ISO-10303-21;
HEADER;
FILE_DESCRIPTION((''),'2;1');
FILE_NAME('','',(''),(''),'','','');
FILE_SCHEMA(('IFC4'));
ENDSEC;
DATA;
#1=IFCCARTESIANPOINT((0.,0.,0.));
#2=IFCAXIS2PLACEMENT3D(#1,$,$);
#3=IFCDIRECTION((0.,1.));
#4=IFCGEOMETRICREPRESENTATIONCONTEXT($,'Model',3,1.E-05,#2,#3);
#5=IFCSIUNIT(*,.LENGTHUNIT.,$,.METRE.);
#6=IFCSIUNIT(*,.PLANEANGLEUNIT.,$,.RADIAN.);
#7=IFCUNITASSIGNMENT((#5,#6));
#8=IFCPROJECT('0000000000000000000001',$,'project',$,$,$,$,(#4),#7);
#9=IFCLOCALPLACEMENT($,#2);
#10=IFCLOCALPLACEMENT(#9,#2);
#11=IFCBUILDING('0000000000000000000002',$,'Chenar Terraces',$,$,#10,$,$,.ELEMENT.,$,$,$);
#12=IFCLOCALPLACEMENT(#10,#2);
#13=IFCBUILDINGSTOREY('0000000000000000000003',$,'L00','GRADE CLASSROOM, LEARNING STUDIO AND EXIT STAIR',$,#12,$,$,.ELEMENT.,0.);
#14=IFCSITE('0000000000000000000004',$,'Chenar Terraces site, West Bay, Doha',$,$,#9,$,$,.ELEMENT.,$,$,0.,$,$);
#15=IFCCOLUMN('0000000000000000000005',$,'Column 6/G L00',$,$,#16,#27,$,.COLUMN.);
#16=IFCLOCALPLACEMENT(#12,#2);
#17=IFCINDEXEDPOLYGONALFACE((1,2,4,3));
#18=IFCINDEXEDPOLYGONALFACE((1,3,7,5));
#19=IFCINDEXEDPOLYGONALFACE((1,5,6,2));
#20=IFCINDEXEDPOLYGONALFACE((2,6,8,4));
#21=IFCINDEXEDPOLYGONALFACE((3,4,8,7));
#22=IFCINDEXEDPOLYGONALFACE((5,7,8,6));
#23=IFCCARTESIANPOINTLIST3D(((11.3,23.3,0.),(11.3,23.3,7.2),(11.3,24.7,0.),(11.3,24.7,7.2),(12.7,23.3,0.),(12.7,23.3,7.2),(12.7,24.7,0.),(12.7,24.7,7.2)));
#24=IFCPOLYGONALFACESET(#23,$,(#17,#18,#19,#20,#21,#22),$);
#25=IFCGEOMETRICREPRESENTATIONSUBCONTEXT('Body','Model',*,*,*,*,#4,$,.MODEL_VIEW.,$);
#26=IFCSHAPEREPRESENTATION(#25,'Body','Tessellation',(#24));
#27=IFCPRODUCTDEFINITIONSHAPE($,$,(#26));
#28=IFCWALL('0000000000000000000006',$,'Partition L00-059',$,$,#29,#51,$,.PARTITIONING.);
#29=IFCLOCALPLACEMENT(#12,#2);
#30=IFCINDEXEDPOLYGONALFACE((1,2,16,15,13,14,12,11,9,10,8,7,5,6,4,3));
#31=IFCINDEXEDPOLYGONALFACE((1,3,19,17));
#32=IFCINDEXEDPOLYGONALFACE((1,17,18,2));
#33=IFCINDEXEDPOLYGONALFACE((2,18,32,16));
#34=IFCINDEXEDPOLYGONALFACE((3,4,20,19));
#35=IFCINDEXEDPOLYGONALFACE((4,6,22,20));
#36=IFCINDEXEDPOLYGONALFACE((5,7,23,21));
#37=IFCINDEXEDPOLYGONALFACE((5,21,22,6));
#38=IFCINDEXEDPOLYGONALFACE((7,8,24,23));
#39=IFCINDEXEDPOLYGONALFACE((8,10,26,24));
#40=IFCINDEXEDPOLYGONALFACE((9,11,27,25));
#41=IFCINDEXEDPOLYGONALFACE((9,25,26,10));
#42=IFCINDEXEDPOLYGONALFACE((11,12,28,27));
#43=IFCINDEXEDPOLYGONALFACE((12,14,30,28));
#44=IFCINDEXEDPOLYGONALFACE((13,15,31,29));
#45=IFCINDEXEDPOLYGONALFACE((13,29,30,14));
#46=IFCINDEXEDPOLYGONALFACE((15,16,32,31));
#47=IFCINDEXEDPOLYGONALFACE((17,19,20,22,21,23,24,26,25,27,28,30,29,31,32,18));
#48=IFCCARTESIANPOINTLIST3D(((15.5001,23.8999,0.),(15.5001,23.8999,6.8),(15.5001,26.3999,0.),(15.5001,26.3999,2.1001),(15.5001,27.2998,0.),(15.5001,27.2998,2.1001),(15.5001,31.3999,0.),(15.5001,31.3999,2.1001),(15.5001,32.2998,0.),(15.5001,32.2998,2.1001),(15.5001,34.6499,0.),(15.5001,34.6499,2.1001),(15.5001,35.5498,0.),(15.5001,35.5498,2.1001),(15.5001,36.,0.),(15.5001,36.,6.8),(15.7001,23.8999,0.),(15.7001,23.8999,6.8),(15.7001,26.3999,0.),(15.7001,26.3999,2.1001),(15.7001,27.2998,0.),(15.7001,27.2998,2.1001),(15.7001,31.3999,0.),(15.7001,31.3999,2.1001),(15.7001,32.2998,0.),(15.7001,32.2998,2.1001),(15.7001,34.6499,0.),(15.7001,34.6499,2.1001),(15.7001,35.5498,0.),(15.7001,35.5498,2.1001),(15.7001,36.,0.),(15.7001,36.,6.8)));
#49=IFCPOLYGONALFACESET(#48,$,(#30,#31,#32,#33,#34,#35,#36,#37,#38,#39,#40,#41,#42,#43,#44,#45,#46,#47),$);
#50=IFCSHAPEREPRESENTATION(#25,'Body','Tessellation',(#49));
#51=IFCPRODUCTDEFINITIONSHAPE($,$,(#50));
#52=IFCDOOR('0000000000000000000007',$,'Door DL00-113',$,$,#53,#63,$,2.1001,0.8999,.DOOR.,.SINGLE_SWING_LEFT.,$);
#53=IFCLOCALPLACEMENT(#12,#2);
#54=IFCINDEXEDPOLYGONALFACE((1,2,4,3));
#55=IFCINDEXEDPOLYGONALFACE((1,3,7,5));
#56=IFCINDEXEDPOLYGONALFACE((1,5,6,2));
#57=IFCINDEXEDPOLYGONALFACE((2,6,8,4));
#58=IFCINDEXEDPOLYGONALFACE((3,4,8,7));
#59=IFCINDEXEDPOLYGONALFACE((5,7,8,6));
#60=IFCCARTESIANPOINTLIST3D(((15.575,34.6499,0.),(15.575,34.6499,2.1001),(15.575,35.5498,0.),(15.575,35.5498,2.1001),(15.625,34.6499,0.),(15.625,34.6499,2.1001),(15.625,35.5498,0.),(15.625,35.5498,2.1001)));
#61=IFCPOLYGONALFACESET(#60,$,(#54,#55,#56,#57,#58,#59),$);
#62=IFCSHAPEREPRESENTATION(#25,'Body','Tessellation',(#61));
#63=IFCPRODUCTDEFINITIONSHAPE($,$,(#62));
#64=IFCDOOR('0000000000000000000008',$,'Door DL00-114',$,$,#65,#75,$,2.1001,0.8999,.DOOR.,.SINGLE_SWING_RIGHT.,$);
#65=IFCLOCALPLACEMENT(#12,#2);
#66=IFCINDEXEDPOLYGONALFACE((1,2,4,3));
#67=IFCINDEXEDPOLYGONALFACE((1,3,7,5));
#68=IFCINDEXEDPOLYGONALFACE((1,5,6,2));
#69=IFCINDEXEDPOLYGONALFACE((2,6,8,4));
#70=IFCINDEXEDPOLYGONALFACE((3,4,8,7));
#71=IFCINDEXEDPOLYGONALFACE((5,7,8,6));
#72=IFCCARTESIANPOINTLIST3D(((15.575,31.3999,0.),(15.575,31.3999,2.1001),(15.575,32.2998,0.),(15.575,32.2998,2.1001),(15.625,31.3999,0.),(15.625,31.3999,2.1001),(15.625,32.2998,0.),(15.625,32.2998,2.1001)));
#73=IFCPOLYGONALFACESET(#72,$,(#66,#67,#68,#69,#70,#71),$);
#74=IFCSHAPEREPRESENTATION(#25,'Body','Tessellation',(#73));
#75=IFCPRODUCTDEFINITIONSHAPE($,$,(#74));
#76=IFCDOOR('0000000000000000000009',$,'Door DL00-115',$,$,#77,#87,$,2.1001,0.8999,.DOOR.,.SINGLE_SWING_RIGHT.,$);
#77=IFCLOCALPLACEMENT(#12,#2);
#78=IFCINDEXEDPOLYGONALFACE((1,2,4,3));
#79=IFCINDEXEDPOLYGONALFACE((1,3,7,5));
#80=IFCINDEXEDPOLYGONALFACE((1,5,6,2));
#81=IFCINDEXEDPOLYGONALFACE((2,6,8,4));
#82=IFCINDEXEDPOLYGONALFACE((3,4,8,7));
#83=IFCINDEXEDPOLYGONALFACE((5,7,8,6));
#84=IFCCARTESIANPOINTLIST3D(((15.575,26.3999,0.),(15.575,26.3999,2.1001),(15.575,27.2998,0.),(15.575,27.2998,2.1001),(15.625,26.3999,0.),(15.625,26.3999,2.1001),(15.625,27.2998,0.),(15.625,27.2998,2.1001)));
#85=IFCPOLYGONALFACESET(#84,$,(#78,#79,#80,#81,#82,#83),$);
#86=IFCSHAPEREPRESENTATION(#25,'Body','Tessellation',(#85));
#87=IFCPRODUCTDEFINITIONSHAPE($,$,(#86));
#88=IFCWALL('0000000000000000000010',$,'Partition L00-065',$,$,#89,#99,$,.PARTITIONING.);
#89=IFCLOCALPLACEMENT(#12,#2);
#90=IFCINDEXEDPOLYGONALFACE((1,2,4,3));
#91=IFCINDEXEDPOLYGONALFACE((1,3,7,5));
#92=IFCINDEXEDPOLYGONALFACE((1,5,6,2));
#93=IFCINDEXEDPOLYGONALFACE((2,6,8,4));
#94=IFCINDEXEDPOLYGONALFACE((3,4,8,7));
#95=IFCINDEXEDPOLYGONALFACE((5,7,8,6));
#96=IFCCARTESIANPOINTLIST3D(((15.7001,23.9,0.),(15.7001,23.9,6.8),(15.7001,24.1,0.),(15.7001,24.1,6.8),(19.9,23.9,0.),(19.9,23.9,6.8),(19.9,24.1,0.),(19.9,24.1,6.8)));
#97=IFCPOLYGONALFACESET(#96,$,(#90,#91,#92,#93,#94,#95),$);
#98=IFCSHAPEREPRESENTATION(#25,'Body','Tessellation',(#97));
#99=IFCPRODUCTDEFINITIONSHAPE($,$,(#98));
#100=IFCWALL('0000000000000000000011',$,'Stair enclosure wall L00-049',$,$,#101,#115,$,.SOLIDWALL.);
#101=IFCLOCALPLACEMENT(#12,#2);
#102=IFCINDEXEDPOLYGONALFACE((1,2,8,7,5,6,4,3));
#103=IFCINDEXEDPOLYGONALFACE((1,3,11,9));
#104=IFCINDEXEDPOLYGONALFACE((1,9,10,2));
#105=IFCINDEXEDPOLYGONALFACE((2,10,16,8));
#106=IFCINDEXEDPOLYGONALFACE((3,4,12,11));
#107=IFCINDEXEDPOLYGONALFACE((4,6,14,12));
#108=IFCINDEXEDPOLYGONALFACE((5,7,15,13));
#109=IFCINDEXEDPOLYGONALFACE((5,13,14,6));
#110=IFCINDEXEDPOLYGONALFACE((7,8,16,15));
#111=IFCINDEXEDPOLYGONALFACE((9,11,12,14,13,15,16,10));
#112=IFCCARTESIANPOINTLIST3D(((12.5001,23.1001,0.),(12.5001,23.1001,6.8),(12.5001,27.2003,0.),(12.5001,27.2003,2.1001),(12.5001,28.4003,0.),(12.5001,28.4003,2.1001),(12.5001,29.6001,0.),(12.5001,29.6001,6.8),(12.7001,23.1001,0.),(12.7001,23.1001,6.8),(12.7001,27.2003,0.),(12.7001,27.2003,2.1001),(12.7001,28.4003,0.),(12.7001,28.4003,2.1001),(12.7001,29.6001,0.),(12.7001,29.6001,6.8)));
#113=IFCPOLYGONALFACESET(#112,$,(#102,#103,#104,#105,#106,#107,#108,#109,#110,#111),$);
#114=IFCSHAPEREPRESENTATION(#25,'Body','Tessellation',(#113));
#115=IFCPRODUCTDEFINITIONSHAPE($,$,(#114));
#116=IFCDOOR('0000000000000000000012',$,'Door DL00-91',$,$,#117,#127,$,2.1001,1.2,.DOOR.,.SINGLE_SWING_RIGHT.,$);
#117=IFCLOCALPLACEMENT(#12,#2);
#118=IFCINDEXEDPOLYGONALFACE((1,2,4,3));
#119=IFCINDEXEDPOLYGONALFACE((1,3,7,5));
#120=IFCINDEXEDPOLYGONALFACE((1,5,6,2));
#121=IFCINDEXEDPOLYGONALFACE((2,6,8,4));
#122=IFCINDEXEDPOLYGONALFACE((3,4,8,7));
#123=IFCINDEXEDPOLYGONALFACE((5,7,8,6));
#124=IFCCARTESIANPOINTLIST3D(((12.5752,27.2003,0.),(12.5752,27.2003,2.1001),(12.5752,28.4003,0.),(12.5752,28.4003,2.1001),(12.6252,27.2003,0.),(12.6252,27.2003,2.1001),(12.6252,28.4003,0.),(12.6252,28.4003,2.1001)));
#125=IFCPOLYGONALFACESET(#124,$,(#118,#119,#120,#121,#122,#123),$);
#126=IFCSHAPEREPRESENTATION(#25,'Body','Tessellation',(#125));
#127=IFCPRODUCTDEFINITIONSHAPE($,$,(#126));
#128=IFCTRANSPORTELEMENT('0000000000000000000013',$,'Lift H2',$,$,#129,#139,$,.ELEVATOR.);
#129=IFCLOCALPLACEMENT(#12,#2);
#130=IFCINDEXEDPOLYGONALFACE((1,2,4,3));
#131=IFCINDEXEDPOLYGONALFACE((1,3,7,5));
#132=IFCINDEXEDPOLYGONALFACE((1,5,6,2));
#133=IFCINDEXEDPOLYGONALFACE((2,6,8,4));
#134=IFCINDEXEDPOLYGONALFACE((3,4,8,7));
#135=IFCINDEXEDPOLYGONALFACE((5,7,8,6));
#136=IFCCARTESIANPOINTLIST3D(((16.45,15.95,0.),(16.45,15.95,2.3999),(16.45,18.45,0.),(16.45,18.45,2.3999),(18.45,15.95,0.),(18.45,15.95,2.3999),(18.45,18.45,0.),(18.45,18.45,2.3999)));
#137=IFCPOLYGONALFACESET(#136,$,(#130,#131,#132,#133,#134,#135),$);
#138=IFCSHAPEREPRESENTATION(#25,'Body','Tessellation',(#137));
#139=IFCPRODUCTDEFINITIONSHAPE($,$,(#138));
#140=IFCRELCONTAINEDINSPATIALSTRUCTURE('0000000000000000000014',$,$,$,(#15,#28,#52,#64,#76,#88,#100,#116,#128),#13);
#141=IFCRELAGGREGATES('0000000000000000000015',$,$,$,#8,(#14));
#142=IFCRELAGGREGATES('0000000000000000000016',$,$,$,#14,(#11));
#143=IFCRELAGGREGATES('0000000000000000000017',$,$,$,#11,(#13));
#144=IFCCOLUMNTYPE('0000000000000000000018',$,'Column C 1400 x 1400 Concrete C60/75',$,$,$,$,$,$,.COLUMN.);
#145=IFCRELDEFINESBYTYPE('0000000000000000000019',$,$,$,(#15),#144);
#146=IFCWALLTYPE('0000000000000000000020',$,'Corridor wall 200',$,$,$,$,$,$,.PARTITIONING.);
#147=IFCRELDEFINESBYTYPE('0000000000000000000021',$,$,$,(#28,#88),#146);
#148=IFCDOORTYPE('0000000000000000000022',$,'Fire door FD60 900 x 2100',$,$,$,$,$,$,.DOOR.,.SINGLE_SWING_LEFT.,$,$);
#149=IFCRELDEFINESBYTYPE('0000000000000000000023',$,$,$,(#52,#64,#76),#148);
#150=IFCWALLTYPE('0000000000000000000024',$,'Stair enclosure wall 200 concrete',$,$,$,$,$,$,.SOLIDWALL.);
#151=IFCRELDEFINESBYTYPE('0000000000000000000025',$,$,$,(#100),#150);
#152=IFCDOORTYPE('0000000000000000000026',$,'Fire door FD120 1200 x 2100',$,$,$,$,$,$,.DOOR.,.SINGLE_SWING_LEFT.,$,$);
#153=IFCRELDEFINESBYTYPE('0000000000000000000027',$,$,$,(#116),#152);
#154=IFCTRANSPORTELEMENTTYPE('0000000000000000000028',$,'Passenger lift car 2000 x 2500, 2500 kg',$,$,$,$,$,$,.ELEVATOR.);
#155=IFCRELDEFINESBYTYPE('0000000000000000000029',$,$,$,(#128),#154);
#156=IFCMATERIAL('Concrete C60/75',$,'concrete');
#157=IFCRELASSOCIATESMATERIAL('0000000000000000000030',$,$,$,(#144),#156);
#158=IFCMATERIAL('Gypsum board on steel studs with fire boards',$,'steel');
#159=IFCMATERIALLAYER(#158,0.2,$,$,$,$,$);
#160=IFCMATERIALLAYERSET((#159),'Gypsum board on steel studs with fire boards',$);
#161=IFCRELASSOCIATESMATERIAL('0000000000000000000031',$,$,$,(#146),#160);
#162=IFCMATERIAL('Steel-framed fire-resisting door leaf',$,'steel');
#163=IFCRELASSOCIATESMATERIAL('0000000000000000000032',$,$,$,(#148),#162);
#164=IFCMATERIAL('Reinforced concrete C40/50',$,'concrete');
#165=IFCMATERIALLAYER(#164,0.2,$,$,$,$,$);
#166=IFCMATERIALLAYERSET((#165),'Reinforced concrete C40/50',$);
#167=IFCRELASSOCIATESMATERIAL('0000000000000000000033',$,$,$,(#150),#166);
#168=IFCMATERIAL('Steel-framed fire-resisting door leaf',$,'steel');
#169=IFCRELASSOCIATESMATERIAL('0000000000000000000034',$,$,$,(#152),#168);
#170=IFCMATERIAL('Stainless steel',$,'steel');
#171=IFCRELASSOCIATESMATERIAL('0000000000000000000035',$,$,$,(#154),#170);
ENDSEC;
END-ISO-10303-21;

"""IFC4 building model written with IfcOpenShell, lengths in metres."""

from ifc_helpers import new_model, si_unit, direction, frame, frame_2d, origin, origin_2d, place, context, subcontext, project, spatial, rectangle, extrude, material, layer, layer_set, material_profile, profile_set, type_object, element, fill, save


model = new_model("IFC4")

# Units and contexts
model_context = context("Model", 3, precision=1e-05, world=origin(), true_north=direction((0.0, 1.0)))
body_context = subcontext(model_context, "Body", "Model", "MODEL_VIEW")
ifc_project = project(units=[si_unit("LENGTHUNIT", "METRE"), si_unit("PLANEANGLEUNIT", "RADIAN")], contexts=[model_context])

# Site, building, storey
site_placement = place(None, origin())
site = spatial("IfcSite", under=ifc_project, at=site_placement, Name="Chenar Terraces site, West Bay, Doha", CompositionType="ELEMENT", RefElevation=0.0)
building_placement = place(site_placement, origin())
building = spatial("IfcBuilding", under=site, at=building_placement, Name="Chenar Terraces", CompositionType="ELEMENT")
storey_placement = place(building_placement, origin())
storey = spatial("IfcBuildingStorey", under=building, at=storey_placement, Name="L00", Description="GRADE CLASSROOM, LEARNING STUDIO AND EXIT STAIR", CompositionType="ELEMENT", Elevation=0.0)

# Column
ifc_material_1 = material(Name="Concrete C60/75", Category="concrete")
ifc_material_profile = material_profile(ifc_material_1, rectangle(XDim=1.3999, YDim=1.3999, at=origin_2d()), Name="C 1400 x 1400")
ifc_profile_set = profile_set([ifc_material_profile], Name="Concrete C60/75")
column_type = type_object("IfcColumnType", Name="Column C 1400 x 1400 Concrete C60/75", PredefinedType="COLUMN", material=ifc_profile_set)
column_placement = place(storey_placement, frame((12.0, 24.0, 0.0), z_axis=(0.0, 0.0, 1.0), x_axis=(1.0, 0.0, 0.0)))
element("IfcColumn", 1, at=column_placement, inside=storey, type_object=column_type, Name="Column 6/G L00", PredefinedType="COLUMN", context=body_context, shape_type="SweptSolid", body=[
    extrude(rectangle(XDim=1.3999, YDim=1.3999, at=origin_2d()), origin(), (0.0, 0.0, 1.0), 7.2),
])

# Wall, openings, doors
ifc_material_2 = material(Name="Gypsum board on steel studs with fire boards", Category="steel")
ifc_layer_1 = layer(ifc_material_2, 0.2)
ifc_layer_set_1 = layer_set([ifc_layer_1], Name="Gypsum board on steel studs with fire boards")
wall_type_1 = type_object("IfcWallType", Name="Corridor wall 200", PredefinedType="PARTITIONING", material=ifc_layer_set_1)
wall_1_placement = place(storey_placement, frame((15.6001, 23.8999, 0.0), z_axis=(0.0, 0.0, 1.0), x_axis=(0.0, 1.0, 0.0)))
wall_1 = element("IfcWall", 2, at=wall_1_placement, inside=storey, type_object=wall_type_1, Name="Partition L00-059", PredefinedType="PARTITIONING", context=body_context, shape_type="SweptSolid", body=[
    extrude(rectangle(XDim=12.1001, YDim=0.2, at=frame_2d((6.05, 0.0))), origin(), (0.0, 0.0, 1.0), 6.8),
])
opening_1_placement = place(wall_1_placement, frame((10.75, 0.0, 0.0)))
opening_1 = element("IfcOpeningElement", 3, at=opening_1_placement, cuts=wall_1, PredefinedType="OPENING", context=body_context, shape_type="SweptSolid", body=[
    extrude(rectangle(XDim=0.8999, YDim=2.1001, at=frame_2d((0.45, 1.05))), frame((0.0, 0.1099, 0.0), z_axis=(0.0, -1.0, 0.0), x_axis=(1.0, 0.0, 0.0)), (0.0, 0.0, 1.0), 0.22),
])
opening_2_placement = place(wall_1_placement, frame((7.5, 0.0, 0.0)))
opening_2 = element("IfcOpeningElement", 4, at=opening_2_placement, cuts=wall_1, PredefinedType="OPENING", context=body_context, shape_type="SweptSolid", body=[
    extrude(rectangle(XDim=0.8999, YDim=2.1001, at=frame_2d((0.45, 1.05))), frame((0.0, 0.1099, 0.0), z_axis=(0.0, -1.0, 0.0), x_axis=(1.0, 0.0, 0.0)), (0.0, 0.0, 1.0), 0.22),
])
opening_3_placement = place(wall_1_placement, frame((2.5, 0.0, 0.0)))
opening_3 = element("IfcOpeningElement", 5, at=opening_3_placement, cuts=wall_1, PredefinedType="OPENING", context=body_context, shape_type="SweptSolid", body=[
    extrude(rectangle(XDim=0.8999, YDim=2.1001, at=frame_2d((0.45, 1.05))), frame((0.0, 0.1099, 0.0), z_axis=(0.0, -1.0, 0.0), x_axis=(1.0, 0.0, 0.0)), (0.0, 0.0, 1.0), 0.22),
])
ifc_material_3 = material(Name="Steel-framed fire-resisting door leaf", Category="steel")
door_type_1 = type_object("IfcDoorType", Name="Fire door FD60 900 x 2100", OperationType="SINGLE_SWING_LEFT", PredefinedType="DOOR", material=ifc_material_3)
door_1_placement = place(opening_1_placement, frame((0.8999, 0.0, 0.0), z_axis=(0.0, 0.0, 1.0), x_axis=(-1.0, 0.0, 0.0)))
door_1 = element("IfcDoor", 6, at=door_1_placement, inside=storey, type_object=door_type_1, Name="Door DL00-113", OperationType="SINGLE_SWING_LEFT", OverallHeight=2.1001, OverallWidth=0.8999, PredefinedType="DOOR", context=body_context, shape_type="SweptSolid", body=[
    extrude(rectangle(XDim=0.8999, YDim=2.1001, at=frame_2d((0.45, 1.05))), frame((0.0, 0.0249, 0.0), z_axis=(0.0, -1.0, 0.0), x_axis=(1.0, 0.0, 0.0)), (0.0, 0.0, 1.0), 0.05),
])
fill(opening_1, door_1)
door_2_placement = place(opening_2_placement, frame((0.8999, 0.0, 0.0), z_axis=(0.0, 0.0, 1.0), x_axis=(-1.0, 0.0, 0.0)))
door_2 = element("IfcDoor", 7, at=door_2_placement, inside=storey, type_object=door_type_1, Name="Door DL00-114", OperationType="SINGLE_SWING_RIGHT", OverallHeight=2.1001, OverallWidth=0.8999, PredefinedType="DOOR", context=body_context, shape_type="SweptSolid", body=[
    extrude(rectangle(XDim=0.8999, YDim=2.1001, at=frame_2d((0.45, 1.05))), frame((0.0, 0.0249, 0.0), z_axis=(0.0, -1.0, 0.0), x_axis=(1.0, 0.0, 0.0)), (0.0, 0.0, 1.0), 0.05),
])
fill(opening_2, door_2)
door_3_placement = place(opening_3_placement, frame((0.8999, 0.0, 0.0), z_axis=(0.0, 0.0, 1.0), x_axis=(-1.0, 0.0, 0.0)))
door_3 = element("IfcDoor", 8, at=door_3_placement, inside=storey, type_object=door_type_1, Name="Door DL00-115", OperationType="SINGLE_SWING_RIGHT", OverallHeight=2.1001, OverallWidth=0.8999, PredefinedType="DOOR", context=body_context, shape_type="SweptSolid", body=[
    extrude(rectangle(XDim=0.8999, YDim=2.1001, at=frame_2d((0.45, 1.05))), frame((0.0, 0.0249, 0.0), z_axis=(0.0, -1.0, 0.0), x_axis=(1.0, 0.0, 0.0)), (0.0, 0.0, 1.0), 0.05),
])
fill(opening_3, door_3)

# Wall
wall_2_placement = place(storey_placement, frame((15.7, 24.0, 0.0), z_axis=(0.0, 0.0, 1.0), x_axis=(1.0, 0.0, 0.0)))
element("IfcWall", 9, at=wall_2_placement, inside=storey, type_object=wall_type_1, Name="Partition L00-065", PredefinedType="PARTITIONING", context=body_context, shape_type="SweptSolid", body=[
    extrude(rectangle(XDim=4.2, YDim=0.2, at=frame_2d((2.1001, 0.0))), origin(), (0.0, 0.0, 1.0), 6.8),
])

# Wall, opening, door
ifc_material_4 = material(Name="Reinforced concrete C40/50", Category="concrete")
ifc_layer_2 = layer(ifc_material_4, 0.2)
ifc_layer_set_2 = layer_set([ifc_layer_2], Name="Reinforced concrete C40/50")
wall_type_2 = type_object("IfcWallType", Name="Stair enclosure wall 200 concrete", PredefinedType="SOLIDWALL", material=ifc_layer_set_2)
wall_3_placement = place(storey_placement, frame((12.6001, 23.1001, 0.0), z_axis=(0.0, 0.0, 1.0), x_axis=(0.0, 1.0, 0.0)))
wall_3 = element("IfcWall", 10, at=wall_3_placement, inside=storey, type_object=wall_type_2, Name="Stair enclosure wall L00-049", PredefinedType="SOLIDWALL", context=body_context, shape_type="SweptSolid", body=[
    extrude(rectangle(XDim=6.5, YDim=0.2, at=frame_2d((3.25, 0.0))), origin(), (0.0, 0.0, 1.0), 6.8),
])
opening_4_placement = place(wall_3_placement, frame((4.1001, 0.0, 0.0)))
opening_4 = element("IfcOpeningElement", 11, at=opening_4_placement, cuts=wall_3, PredefinedType="OPENING", context=body_context, shape_type="SweptSolid", body=[
    extrude(rectangle(XDim=1.2, YDim=2.1001, at=frame_2d((0.6001, 1.05))), frame((0.0, 0.1099, 0.0), z_axis=(0.0, -1.0, 0.0), x_axis=(1.0, 0.0, 0.0)), (0.0, 0.0, 1.0), 0.22),
])
ifc_material_5 = material(Name="Steel-framed fire-resisting door leaf", Category="steel")
door_type_2 = type_object("IfcDoorType", Name="Fire door FD120 1200 x 2100", OperationType="SINGLE_SWING_LEFT", PredefinedType="DOOR", material=ifc_material_5)
door_4_placement = place(opening_4_placement, origin())
door_4 = element("IfcDoor", 12, at=door_4_placement, inside=storey, type_object=door_type_2, Name="Door DL00-91", OperationType="SINGLE_SWING_RIGHT", OverallHeight=2.1001, OverallWidth=1.2, PredefinedType="DOOR", context=body_context, shape_type="SweptSolid", body=[
    extrude(rectangle(XDim=1.2, YDim=2.1001, at=frame_2d((0.6001, 1.05))), frame((0.0, 0.0249, 0.0), z_axis=(0.0, -1.0, 0.0), x_axis=(1.0, 0.0, 0.0)), (0.0, 0.0, 1.0), 0.05),
])
fill(opening_4, door_4)

# Transport element
ifc_material_6 = material(Name="Stainless steel", Category="steel")
transport_element_type = type_object("IfcTransportElementType", Name="Passenger lift car 2000 x 2500, 2500 kg", PredefinedType="ELEVATOR", material=ifc_material_6)
transport_element_placement = place(storey_placement, frame((17.45, 17.2, 0.0), z_axis=(0.0, 0.0, 1.0), x_axis=(1.0, 0.0, 0.0)))
element("IfcTransportElement", 13, at=transport_element_placement, inside=storey, type_object=transport_element_type, Name="Lift H2", PredefinedType="ELEVATOR", context=body_context, shape_type="SweptSolid", body=[
    extrude(rectangle(XDim=2.0, YDim=2.5, at=origin_2d()), origin(), (0.0, 0.0, 1.0), 2.3999),
])

save(model, "model.ifc")
